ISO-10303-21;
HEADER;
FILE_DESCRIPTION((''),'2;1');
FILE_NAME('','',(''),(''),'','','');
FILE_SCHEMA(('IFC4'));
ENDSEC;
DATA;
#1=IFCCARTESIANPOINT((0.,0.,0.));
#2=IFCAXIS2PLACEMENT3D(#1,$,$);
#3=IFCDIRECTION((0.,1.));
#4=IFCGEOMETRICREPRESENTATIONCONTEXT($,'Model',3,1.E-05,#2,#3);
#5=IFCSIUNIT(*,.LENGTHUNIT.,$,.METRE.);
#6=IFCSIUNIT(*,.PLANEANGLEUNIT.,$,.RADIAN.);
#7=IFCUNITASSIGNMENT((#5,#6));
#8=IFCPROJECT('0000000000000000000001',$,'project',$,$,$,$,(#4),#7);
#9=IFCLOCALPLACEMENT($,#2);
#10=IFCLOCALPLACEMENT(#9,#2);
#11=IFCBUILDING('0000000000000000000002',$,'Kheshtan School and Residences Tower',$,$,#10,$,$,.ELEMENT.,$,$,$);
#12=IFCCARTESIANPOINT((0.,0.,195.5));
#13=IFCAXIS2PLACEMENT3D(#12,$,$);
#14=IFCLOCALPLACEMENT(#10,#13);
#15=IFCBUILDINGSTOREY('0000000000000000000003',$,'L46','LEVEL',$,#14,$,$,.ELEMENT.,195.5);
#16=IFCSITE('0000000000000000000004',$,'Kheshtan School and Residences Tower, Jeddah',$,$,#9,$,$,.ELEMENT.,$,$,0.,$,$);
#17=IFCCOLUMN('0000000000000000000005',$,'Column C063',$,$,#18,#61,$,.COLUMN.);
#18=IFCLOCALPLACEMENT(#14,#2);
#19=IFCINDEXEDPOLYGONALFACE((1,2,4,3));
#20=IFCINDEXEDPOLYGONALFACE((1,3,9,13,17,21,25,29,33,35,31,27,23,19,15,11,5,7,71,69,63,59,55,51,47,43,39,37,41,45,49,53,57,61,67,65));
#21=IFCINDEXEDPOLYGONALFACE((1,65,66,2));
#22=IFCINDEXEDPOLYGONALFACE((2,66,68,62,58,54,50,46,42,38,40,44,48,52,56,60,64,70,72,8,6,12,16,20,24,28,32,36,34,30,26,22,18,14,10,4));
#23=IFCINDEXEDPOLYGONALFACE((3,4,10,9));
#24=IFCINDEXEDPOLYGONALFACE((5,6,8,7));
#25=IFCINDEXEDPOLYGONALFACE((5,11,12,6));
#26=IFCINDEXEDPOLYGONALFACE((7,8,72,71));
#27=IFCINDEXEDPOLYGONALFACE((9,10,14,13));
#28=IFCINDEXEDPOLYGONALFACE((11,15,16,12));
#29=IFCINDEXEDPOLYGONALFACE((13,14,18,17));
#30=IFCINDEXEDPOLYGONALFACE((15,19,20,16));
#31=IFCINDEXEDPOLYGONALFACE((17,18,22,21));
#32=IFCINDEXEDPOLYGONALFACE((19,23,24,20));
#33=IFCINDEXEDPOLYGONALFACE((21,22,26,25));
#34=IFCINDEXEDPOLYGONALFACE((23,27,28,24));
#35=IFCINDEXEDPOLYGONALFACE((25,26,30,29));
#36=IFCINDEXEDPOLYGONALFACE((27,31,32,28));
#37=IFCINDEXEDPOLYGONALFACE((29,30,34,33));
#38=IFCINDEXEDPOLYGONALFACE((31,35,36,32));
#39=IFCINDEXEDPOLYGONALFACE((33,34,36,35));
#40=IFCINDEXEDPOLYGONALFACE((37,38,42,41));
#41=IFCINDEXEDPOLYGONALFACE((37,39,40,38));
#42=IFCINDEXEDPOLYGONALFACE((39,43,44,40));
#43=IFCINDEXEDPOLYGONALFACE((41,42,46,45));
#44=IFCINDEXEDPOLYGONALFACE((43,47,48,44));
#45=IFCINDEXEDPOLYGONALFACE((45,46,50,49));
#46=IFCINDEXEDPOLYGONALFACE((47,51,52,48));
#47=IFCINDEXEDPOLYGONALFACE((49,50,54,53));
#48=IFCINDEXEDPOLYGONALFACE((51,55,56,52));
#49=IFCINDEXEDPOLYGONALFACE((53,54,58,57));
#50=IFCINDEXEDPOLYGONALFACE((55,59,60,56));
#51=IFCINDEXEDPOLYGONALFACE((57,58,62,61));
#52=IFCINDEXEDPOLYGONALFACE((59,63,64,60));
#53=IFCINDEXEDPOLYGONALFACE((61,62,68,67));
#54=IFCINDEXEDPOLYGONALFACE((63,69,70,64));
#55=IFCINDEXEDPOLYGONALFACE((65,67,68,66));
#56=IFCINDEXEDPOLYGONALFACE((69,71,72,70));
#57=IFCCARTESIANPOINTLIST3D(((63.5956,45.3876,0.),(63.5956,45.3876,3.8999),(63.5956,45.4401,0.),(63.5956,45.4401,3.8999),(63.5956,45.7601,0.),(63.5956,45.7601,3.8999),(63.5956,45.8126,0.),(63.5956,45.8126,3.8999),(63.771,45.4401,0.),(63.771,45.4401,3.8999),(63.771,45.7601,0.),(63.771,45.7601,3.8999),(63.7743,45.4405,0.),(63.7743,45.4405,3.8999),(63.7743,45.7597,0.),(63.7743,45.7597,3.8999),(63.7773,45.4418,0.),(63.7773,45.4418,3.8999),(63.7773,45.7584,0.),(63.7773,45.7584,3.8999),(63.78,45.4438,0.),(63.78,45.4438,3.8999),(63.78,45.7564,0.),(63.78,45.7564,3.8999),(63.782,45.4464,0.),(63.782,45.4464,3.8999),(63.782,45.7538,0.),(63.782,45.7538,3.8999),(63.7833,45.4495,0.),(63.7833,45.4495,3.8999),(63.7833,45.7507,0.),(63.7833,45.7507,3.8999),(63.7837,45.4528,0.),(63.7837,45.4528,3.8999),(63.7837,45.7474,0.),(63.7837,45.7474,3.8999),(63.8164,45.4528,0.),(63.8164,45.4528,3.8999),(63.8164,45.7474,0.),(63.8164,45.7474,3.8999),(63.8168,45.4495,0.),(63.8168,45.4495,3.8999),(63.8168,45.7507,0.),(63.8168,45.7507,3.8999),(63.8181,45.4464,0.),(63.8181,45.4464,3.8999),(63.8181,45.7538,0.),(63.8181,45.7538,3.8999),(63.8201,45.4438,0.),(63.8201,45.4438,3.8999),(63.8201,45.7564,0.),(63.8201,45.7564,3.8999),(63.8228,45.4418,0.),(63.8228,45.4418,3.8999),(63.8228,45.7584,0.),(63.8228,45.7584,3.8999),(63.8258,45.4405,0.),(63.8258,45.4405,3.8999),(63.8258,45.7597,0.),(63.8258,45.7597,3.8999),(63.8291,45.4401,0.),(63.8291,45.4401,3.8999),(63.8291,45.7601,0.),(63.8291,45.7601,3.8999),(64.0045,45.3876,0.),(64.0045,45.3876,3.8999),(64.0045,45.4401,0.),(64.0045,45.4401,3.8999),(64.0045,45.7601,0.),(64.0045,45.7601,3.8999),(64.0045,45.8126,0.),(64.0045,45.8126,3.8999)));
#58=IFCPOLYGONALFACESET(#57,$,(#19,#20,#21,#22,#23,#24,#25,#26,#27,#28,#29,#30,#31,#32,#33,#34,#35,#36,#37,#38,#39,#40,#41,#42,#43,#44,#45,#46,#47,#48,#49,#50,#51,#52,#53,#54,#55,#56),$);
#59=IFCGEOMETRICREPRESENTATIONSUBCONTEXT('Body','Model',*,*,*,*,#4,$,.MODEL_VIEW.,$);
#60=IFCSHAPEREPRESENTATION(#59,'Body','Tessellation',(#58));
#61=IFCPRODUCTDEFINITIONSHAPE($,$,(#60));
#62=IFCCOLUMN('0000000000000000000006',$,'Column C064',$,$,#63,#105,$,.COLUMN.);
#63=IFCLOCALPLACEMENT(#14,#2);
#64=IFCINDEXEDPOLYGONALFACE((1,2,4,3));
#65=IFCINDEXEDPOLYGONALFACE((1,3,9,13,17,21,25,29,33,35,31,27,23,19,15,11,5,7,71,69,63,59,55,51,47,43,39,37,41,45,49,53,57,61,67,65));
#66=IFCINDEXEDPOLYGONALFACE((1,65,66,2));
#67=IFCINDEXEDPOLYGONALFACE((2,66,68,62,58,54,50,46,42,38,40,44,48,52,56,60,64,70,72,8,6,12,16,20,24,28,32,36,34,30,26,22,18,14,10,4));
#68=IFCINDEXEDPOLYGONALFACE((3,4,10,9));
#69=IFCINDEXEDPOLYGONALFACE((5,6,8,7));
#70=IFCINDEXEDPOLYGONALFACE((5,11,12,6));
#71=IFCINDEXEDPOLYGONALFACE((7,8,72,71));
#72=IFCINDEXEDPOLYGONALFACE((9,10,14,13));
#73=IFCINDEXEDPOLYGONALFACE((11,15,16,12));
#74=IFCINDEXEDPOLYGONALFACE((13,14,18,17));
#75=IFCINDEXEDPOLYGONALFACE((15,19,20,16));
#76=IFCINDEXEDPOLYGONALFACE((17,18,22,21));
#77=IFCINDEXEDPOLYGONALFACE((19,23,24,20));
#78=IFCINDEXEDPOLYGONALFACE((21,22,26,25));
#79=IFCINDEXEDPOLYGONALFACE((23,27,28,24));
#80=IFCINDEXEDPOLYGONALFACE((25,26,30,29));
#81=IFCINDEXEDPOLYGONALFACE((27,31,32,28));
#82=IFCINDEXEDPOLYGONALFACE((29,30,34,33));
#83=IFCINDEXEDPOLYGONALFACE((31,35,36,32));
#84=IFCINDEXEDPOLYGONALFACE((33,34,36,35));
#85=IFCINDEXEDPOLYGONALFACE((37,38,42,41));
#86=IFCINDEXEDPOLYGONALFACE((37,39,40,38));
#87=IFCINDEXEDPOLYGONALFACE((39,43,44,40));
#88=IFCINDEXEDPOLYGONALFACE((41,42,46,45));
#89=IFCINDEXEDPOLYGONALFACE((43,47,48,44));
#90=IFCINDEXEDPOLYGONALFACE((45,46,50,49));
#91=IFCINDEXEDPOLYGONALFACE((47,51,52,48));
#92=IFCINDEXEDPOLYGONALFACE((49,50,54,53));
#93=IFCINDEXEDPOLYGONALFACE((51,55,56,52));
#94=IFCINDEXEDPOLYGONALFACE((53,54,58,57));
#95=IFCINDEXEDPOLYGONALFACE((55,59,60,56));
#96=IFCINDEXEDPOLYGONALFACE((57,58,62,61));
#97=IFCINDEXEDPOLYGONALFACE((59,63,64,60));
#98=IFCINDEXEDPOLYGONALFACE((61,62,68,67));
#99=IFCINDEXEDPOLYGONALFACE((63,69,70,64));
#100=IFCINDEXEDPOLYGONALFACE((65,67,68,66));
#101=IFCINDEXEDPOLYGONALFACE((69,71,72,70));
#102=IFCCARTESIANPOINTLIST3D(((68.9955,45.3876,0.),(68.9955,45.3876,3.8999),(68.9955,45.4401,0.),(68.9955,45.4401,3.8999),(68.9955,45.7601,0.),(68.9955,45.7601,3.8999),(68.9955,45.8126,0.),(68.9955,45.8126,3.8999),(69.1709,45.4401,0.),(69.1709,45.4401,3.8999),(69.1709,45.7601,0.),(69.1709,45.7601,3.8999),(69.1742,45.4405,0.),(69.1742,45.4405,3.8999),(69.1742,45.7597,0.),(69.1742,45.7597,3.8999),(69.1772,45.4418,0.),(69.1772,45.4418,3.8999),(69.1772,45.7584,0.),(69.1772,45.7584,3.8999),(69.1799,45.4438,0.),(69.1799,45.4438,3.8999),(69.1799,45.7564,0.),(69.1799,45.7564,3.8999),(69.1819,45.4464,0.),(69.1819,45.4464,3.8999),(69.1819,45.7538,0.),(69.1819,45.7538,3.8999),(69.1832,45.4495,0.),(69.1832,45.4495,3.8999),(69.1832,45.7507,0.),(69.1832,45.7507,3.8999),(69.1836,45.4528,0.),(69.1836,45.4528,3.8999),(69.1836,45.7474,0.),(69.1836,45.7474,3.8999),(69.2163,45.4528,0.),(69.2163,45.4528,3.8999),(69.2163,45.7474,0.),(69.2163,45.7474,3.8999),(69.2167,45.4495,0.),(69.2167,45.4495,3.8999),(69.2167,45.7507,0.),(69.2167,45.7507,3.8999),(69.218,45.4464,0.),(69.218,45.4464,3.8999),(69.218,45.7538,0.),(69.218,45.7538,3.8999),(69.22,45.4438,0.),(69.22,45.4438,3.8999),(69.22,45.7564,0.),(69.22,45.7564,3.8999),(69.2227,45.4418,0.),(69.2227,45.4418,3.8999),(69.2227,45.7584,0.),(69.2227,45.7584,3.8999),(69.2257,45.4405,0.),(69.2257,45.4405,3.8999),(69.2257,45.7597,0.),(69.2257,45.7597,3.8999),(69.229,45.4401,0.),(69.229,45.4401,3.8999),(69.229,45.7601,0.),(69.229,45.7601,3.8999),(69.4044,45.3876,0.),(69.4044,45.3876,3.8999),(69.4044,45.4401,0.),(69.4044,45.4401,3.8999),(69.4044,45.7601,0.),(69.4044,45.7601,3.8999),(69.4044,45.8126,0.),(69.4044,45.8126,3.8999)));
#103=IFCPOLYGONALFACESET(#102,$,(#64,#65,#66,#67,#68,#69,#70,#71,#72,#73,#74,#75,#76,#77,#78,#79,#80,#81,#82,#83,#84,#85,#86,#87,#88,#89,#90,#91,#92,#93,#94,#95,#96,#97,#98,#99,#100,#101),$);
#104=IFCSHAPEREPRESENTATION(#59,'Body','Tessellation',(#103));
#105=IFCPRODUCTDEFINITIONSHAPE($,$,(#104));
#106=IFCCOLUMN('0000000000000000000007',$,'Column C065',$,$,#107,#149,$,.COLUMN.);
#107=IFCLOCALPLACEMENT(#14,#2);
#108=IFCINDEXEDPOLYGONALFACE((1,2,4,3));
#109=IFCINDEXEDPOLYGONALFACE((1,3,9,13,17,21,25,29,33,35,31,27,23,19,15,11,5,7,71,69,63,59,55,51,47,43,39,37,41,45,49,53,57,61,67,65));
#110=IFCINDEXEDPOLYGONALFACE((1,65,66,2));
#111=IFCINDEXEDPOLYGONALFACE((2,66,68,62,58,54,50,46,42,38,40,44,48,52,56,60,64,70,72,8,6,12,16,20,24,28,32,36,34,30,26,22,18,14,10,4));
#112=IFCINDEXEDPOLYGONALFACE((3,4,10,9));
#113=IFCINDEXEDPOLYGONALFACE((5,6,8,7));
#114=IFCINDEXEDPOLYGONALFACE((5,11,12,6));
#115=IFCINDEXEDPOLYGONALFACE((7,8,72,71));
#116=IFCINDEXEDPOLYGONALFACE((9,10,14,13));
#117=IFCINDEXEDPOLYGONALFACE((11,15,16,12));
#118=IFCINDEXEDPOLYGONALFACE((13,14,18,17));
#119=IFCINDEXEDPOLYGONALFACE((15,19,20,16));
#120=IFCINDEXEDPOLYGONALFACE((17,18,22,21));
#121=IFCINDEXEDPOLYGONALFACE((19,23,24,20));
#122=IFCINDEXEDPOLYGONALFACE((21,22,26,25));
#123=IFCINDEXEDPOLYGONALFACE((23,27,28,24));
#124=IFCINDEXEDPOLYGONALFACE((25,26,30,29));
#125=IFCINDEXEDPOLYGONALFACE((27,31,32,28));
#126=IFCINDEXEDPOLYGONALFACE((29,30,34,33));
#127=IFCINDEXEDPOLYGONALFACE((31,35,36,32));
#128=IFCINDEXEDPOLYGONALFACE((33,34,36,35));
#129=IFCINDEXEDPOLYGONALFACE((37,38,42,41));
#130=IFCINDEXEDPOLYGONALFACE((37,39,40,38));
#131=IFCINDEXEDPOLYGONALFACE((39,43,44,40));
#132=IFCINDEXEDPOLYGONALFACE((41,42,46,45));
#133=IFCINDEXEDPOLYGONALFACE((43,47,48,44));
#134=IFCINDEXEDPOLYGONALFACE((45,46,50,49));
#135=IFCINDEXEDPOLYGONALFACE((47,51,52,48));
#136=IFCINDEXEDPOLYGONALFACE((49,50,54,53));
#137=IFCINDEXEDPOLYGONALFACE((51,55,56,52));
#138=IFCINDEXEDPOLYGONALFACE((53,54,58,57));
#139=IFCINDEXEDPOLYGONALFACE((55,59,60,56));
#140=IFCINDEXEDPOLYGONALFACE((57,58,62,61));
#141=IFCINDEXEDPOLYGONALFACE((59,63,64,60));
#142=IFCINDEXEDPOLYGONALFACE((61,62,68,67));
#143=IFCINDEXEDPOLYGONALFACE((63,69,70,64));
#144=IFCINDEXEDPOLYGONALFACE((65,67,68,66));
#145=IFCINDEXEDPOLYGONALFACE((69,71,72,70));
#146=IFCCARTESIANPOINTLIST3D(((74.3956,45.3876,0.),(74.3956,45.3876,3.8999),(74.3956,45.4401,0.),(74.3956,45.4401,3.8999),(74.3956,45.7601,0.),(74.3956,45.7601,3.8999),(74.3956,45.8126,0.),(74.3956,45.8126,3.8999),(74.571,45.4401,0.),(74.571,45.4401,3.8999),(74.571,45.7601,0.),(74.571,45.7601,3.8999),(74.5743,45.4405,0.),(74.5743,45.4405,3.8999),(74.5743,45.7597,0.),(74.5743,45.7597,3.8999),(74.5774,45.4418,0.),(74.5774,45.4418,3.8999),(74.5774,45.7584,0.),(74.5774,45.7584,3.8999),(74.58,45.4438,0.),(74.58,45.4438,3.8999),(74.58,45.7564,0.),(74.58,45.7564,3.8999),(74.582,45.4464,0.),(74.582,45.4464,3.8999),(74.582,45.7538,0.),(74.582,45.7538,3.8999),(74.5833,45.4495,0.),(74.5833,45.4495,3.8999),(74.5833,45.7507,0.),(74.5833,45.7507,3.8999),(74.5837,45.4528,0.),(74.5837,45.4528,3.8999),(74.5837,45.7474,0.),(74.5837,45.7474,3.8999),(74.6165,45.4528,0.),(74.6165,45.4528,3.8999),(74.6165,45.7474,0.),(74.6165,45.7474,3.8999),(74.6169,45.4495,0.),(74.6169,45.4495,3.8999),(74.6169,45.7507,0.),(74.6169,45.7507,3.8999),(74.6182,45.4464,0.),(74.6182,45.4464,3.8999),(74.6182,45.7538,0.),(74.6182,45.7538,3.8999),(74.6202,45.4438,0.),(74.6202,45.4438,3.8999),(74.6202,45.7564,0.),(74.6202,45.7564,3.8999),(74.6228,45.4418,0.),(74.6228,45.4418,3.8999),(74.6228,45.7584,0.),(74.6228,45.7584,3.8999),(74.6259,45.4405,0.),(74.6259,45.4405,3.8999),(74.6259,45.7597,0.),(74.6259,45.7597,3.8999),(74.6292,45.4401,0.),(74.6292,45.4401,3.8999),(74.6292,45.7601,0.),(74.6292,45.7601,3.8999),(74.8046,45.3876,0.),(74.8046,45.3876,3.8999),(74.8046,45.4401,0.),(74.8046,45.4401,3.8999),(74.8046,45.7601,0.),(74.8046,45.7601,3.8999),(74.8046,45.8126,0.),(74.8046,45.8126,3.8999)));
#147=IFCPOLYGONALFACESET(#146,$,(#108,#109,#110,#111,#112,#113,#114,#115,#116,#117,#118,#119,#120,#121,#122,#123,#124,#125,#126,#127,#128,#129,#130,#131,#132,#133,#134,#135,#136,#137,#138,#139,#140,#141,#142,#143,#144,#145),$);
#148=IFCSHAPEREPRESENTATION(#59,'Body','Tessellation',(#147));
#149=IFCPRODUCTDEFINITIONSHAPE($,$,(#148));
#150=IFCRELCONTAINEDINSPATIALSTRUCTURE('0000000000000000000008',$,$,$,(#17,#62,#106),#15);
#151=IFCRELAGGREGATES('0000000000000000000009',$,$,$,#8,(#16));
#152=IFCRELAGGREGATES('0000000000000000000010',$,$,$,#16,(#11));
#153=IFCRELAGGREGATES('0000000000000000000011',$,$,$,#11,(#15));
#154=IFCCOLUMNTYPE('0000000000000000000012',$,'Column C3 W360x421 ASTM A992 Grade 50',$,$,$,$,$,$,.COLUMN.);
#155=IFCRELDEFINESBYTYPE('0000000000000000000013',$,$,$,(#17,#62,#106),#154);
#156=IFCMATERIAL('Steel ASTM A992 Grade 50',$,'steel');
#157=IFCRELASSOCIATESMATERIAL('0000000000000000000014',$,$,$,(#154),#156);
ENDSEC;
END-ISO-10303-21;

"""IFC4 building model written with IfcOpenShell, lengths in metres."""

from ifc_helpers import new_model, si_unit, direction, frame, origin, origin_2d, place, context, subcontext, project, spatial, i_section, extrude, material, material_profile, profile_set, type_object, element, save


model = new_model("IFC4")

# Units and contexts
model_context = context("Model", 3, precision=1e-05, world=origin(), true_north=direction((0.0, 1.0)))
body_context = subcontext(model_context, "Body", "Model", "MODEL_VIEW")
ifc_project = project(units=[si_unit("LENGTHUNIT", "METRE"), si_unit("PLANEANGLEUNIT", "RADIAN")], contexts=[model_context])

# Site, building, storey
site_placement = place(None, origin())
site = spatial("IfcSite", under=ifc_project, at=site_placement, Name="Kheshtan School and Residences Tower, Jeddah", CompositionType="ELEMENT", RefElevation=0.0)
building_placement = place(site_placement, origin())
building = spatial("IfcBuilding", under=site, at=building_placement, Name="Kheshtan School and Residences Tower", CompositionType="ELEMENT")
storey_placement = place(building_placement, frame((0.0, 0.0, 195.5)))
storey = spatial("IfcBuildingStorey", under=building, at=storey_placement, Name="L46", Description="LEVEL", CompositionType="ELEMENT", Elevation=195.5)

# Columns
ifc_material_1 = material(Name="Steel ASTM A992 Grade 50", Category="steel")
ifc_material_profile_1 = material_profile(ifc_material_1, i_section(OverallWidth=0.4089, OverallDepth=0.425, WebThickness=0.0327, FlangeThickness=0.0525, FilletRadius=0.0127, at=origin_2d()), Name="W360x421")
ifc_profile_set_1 = profile_set([ifc_material_profile_1], Name="Steel ASTM A992 Grade 50")
column_type_1 = type_object("IfcColumnType", Name="Column C3 W360x421 ASTM A992 Grade 50", PredefinedType="COLUMN", material=ifc_profile_set_1)
for number, where, z_axis, x_axis, name in (
    (1, (63.8, 45.6001, 0.0), (0.0, 0.0, 1.0), (1.0, 0.0, 0.0), "Column C063"),
    (2, (69.2, 45.6001, 0.0), (0.0, 0.0, 1.0), (1.0, 0.0, 0.0), "Column C064"),
    (3, (74.6001, 45.6001, 0.0), (0.0, 0.0, 1.0), (1.0, 0.0, 0.0), "Column C065"),
):
    element("IfcColumn", number, at=place(storey_placement, frame(where, z_axis=z_axis, x_axis=x_axis)), inside=storey, type_object=column_type_1, Name=name, PredefinedType="COLUMN", context=body_context, shape_type="SweptSolid", body=[
        extrude(i_section(OverallWidth=0.4089, OverallDepth=0.425, WebThickness=0.0327, FlangeThickness=0.0525, FilletRadius=0.0127, at=origin_2d()), origin(), (0.0, 0.0, 1.0), 3.8999),
    ])

save(model, "model.ifc")
